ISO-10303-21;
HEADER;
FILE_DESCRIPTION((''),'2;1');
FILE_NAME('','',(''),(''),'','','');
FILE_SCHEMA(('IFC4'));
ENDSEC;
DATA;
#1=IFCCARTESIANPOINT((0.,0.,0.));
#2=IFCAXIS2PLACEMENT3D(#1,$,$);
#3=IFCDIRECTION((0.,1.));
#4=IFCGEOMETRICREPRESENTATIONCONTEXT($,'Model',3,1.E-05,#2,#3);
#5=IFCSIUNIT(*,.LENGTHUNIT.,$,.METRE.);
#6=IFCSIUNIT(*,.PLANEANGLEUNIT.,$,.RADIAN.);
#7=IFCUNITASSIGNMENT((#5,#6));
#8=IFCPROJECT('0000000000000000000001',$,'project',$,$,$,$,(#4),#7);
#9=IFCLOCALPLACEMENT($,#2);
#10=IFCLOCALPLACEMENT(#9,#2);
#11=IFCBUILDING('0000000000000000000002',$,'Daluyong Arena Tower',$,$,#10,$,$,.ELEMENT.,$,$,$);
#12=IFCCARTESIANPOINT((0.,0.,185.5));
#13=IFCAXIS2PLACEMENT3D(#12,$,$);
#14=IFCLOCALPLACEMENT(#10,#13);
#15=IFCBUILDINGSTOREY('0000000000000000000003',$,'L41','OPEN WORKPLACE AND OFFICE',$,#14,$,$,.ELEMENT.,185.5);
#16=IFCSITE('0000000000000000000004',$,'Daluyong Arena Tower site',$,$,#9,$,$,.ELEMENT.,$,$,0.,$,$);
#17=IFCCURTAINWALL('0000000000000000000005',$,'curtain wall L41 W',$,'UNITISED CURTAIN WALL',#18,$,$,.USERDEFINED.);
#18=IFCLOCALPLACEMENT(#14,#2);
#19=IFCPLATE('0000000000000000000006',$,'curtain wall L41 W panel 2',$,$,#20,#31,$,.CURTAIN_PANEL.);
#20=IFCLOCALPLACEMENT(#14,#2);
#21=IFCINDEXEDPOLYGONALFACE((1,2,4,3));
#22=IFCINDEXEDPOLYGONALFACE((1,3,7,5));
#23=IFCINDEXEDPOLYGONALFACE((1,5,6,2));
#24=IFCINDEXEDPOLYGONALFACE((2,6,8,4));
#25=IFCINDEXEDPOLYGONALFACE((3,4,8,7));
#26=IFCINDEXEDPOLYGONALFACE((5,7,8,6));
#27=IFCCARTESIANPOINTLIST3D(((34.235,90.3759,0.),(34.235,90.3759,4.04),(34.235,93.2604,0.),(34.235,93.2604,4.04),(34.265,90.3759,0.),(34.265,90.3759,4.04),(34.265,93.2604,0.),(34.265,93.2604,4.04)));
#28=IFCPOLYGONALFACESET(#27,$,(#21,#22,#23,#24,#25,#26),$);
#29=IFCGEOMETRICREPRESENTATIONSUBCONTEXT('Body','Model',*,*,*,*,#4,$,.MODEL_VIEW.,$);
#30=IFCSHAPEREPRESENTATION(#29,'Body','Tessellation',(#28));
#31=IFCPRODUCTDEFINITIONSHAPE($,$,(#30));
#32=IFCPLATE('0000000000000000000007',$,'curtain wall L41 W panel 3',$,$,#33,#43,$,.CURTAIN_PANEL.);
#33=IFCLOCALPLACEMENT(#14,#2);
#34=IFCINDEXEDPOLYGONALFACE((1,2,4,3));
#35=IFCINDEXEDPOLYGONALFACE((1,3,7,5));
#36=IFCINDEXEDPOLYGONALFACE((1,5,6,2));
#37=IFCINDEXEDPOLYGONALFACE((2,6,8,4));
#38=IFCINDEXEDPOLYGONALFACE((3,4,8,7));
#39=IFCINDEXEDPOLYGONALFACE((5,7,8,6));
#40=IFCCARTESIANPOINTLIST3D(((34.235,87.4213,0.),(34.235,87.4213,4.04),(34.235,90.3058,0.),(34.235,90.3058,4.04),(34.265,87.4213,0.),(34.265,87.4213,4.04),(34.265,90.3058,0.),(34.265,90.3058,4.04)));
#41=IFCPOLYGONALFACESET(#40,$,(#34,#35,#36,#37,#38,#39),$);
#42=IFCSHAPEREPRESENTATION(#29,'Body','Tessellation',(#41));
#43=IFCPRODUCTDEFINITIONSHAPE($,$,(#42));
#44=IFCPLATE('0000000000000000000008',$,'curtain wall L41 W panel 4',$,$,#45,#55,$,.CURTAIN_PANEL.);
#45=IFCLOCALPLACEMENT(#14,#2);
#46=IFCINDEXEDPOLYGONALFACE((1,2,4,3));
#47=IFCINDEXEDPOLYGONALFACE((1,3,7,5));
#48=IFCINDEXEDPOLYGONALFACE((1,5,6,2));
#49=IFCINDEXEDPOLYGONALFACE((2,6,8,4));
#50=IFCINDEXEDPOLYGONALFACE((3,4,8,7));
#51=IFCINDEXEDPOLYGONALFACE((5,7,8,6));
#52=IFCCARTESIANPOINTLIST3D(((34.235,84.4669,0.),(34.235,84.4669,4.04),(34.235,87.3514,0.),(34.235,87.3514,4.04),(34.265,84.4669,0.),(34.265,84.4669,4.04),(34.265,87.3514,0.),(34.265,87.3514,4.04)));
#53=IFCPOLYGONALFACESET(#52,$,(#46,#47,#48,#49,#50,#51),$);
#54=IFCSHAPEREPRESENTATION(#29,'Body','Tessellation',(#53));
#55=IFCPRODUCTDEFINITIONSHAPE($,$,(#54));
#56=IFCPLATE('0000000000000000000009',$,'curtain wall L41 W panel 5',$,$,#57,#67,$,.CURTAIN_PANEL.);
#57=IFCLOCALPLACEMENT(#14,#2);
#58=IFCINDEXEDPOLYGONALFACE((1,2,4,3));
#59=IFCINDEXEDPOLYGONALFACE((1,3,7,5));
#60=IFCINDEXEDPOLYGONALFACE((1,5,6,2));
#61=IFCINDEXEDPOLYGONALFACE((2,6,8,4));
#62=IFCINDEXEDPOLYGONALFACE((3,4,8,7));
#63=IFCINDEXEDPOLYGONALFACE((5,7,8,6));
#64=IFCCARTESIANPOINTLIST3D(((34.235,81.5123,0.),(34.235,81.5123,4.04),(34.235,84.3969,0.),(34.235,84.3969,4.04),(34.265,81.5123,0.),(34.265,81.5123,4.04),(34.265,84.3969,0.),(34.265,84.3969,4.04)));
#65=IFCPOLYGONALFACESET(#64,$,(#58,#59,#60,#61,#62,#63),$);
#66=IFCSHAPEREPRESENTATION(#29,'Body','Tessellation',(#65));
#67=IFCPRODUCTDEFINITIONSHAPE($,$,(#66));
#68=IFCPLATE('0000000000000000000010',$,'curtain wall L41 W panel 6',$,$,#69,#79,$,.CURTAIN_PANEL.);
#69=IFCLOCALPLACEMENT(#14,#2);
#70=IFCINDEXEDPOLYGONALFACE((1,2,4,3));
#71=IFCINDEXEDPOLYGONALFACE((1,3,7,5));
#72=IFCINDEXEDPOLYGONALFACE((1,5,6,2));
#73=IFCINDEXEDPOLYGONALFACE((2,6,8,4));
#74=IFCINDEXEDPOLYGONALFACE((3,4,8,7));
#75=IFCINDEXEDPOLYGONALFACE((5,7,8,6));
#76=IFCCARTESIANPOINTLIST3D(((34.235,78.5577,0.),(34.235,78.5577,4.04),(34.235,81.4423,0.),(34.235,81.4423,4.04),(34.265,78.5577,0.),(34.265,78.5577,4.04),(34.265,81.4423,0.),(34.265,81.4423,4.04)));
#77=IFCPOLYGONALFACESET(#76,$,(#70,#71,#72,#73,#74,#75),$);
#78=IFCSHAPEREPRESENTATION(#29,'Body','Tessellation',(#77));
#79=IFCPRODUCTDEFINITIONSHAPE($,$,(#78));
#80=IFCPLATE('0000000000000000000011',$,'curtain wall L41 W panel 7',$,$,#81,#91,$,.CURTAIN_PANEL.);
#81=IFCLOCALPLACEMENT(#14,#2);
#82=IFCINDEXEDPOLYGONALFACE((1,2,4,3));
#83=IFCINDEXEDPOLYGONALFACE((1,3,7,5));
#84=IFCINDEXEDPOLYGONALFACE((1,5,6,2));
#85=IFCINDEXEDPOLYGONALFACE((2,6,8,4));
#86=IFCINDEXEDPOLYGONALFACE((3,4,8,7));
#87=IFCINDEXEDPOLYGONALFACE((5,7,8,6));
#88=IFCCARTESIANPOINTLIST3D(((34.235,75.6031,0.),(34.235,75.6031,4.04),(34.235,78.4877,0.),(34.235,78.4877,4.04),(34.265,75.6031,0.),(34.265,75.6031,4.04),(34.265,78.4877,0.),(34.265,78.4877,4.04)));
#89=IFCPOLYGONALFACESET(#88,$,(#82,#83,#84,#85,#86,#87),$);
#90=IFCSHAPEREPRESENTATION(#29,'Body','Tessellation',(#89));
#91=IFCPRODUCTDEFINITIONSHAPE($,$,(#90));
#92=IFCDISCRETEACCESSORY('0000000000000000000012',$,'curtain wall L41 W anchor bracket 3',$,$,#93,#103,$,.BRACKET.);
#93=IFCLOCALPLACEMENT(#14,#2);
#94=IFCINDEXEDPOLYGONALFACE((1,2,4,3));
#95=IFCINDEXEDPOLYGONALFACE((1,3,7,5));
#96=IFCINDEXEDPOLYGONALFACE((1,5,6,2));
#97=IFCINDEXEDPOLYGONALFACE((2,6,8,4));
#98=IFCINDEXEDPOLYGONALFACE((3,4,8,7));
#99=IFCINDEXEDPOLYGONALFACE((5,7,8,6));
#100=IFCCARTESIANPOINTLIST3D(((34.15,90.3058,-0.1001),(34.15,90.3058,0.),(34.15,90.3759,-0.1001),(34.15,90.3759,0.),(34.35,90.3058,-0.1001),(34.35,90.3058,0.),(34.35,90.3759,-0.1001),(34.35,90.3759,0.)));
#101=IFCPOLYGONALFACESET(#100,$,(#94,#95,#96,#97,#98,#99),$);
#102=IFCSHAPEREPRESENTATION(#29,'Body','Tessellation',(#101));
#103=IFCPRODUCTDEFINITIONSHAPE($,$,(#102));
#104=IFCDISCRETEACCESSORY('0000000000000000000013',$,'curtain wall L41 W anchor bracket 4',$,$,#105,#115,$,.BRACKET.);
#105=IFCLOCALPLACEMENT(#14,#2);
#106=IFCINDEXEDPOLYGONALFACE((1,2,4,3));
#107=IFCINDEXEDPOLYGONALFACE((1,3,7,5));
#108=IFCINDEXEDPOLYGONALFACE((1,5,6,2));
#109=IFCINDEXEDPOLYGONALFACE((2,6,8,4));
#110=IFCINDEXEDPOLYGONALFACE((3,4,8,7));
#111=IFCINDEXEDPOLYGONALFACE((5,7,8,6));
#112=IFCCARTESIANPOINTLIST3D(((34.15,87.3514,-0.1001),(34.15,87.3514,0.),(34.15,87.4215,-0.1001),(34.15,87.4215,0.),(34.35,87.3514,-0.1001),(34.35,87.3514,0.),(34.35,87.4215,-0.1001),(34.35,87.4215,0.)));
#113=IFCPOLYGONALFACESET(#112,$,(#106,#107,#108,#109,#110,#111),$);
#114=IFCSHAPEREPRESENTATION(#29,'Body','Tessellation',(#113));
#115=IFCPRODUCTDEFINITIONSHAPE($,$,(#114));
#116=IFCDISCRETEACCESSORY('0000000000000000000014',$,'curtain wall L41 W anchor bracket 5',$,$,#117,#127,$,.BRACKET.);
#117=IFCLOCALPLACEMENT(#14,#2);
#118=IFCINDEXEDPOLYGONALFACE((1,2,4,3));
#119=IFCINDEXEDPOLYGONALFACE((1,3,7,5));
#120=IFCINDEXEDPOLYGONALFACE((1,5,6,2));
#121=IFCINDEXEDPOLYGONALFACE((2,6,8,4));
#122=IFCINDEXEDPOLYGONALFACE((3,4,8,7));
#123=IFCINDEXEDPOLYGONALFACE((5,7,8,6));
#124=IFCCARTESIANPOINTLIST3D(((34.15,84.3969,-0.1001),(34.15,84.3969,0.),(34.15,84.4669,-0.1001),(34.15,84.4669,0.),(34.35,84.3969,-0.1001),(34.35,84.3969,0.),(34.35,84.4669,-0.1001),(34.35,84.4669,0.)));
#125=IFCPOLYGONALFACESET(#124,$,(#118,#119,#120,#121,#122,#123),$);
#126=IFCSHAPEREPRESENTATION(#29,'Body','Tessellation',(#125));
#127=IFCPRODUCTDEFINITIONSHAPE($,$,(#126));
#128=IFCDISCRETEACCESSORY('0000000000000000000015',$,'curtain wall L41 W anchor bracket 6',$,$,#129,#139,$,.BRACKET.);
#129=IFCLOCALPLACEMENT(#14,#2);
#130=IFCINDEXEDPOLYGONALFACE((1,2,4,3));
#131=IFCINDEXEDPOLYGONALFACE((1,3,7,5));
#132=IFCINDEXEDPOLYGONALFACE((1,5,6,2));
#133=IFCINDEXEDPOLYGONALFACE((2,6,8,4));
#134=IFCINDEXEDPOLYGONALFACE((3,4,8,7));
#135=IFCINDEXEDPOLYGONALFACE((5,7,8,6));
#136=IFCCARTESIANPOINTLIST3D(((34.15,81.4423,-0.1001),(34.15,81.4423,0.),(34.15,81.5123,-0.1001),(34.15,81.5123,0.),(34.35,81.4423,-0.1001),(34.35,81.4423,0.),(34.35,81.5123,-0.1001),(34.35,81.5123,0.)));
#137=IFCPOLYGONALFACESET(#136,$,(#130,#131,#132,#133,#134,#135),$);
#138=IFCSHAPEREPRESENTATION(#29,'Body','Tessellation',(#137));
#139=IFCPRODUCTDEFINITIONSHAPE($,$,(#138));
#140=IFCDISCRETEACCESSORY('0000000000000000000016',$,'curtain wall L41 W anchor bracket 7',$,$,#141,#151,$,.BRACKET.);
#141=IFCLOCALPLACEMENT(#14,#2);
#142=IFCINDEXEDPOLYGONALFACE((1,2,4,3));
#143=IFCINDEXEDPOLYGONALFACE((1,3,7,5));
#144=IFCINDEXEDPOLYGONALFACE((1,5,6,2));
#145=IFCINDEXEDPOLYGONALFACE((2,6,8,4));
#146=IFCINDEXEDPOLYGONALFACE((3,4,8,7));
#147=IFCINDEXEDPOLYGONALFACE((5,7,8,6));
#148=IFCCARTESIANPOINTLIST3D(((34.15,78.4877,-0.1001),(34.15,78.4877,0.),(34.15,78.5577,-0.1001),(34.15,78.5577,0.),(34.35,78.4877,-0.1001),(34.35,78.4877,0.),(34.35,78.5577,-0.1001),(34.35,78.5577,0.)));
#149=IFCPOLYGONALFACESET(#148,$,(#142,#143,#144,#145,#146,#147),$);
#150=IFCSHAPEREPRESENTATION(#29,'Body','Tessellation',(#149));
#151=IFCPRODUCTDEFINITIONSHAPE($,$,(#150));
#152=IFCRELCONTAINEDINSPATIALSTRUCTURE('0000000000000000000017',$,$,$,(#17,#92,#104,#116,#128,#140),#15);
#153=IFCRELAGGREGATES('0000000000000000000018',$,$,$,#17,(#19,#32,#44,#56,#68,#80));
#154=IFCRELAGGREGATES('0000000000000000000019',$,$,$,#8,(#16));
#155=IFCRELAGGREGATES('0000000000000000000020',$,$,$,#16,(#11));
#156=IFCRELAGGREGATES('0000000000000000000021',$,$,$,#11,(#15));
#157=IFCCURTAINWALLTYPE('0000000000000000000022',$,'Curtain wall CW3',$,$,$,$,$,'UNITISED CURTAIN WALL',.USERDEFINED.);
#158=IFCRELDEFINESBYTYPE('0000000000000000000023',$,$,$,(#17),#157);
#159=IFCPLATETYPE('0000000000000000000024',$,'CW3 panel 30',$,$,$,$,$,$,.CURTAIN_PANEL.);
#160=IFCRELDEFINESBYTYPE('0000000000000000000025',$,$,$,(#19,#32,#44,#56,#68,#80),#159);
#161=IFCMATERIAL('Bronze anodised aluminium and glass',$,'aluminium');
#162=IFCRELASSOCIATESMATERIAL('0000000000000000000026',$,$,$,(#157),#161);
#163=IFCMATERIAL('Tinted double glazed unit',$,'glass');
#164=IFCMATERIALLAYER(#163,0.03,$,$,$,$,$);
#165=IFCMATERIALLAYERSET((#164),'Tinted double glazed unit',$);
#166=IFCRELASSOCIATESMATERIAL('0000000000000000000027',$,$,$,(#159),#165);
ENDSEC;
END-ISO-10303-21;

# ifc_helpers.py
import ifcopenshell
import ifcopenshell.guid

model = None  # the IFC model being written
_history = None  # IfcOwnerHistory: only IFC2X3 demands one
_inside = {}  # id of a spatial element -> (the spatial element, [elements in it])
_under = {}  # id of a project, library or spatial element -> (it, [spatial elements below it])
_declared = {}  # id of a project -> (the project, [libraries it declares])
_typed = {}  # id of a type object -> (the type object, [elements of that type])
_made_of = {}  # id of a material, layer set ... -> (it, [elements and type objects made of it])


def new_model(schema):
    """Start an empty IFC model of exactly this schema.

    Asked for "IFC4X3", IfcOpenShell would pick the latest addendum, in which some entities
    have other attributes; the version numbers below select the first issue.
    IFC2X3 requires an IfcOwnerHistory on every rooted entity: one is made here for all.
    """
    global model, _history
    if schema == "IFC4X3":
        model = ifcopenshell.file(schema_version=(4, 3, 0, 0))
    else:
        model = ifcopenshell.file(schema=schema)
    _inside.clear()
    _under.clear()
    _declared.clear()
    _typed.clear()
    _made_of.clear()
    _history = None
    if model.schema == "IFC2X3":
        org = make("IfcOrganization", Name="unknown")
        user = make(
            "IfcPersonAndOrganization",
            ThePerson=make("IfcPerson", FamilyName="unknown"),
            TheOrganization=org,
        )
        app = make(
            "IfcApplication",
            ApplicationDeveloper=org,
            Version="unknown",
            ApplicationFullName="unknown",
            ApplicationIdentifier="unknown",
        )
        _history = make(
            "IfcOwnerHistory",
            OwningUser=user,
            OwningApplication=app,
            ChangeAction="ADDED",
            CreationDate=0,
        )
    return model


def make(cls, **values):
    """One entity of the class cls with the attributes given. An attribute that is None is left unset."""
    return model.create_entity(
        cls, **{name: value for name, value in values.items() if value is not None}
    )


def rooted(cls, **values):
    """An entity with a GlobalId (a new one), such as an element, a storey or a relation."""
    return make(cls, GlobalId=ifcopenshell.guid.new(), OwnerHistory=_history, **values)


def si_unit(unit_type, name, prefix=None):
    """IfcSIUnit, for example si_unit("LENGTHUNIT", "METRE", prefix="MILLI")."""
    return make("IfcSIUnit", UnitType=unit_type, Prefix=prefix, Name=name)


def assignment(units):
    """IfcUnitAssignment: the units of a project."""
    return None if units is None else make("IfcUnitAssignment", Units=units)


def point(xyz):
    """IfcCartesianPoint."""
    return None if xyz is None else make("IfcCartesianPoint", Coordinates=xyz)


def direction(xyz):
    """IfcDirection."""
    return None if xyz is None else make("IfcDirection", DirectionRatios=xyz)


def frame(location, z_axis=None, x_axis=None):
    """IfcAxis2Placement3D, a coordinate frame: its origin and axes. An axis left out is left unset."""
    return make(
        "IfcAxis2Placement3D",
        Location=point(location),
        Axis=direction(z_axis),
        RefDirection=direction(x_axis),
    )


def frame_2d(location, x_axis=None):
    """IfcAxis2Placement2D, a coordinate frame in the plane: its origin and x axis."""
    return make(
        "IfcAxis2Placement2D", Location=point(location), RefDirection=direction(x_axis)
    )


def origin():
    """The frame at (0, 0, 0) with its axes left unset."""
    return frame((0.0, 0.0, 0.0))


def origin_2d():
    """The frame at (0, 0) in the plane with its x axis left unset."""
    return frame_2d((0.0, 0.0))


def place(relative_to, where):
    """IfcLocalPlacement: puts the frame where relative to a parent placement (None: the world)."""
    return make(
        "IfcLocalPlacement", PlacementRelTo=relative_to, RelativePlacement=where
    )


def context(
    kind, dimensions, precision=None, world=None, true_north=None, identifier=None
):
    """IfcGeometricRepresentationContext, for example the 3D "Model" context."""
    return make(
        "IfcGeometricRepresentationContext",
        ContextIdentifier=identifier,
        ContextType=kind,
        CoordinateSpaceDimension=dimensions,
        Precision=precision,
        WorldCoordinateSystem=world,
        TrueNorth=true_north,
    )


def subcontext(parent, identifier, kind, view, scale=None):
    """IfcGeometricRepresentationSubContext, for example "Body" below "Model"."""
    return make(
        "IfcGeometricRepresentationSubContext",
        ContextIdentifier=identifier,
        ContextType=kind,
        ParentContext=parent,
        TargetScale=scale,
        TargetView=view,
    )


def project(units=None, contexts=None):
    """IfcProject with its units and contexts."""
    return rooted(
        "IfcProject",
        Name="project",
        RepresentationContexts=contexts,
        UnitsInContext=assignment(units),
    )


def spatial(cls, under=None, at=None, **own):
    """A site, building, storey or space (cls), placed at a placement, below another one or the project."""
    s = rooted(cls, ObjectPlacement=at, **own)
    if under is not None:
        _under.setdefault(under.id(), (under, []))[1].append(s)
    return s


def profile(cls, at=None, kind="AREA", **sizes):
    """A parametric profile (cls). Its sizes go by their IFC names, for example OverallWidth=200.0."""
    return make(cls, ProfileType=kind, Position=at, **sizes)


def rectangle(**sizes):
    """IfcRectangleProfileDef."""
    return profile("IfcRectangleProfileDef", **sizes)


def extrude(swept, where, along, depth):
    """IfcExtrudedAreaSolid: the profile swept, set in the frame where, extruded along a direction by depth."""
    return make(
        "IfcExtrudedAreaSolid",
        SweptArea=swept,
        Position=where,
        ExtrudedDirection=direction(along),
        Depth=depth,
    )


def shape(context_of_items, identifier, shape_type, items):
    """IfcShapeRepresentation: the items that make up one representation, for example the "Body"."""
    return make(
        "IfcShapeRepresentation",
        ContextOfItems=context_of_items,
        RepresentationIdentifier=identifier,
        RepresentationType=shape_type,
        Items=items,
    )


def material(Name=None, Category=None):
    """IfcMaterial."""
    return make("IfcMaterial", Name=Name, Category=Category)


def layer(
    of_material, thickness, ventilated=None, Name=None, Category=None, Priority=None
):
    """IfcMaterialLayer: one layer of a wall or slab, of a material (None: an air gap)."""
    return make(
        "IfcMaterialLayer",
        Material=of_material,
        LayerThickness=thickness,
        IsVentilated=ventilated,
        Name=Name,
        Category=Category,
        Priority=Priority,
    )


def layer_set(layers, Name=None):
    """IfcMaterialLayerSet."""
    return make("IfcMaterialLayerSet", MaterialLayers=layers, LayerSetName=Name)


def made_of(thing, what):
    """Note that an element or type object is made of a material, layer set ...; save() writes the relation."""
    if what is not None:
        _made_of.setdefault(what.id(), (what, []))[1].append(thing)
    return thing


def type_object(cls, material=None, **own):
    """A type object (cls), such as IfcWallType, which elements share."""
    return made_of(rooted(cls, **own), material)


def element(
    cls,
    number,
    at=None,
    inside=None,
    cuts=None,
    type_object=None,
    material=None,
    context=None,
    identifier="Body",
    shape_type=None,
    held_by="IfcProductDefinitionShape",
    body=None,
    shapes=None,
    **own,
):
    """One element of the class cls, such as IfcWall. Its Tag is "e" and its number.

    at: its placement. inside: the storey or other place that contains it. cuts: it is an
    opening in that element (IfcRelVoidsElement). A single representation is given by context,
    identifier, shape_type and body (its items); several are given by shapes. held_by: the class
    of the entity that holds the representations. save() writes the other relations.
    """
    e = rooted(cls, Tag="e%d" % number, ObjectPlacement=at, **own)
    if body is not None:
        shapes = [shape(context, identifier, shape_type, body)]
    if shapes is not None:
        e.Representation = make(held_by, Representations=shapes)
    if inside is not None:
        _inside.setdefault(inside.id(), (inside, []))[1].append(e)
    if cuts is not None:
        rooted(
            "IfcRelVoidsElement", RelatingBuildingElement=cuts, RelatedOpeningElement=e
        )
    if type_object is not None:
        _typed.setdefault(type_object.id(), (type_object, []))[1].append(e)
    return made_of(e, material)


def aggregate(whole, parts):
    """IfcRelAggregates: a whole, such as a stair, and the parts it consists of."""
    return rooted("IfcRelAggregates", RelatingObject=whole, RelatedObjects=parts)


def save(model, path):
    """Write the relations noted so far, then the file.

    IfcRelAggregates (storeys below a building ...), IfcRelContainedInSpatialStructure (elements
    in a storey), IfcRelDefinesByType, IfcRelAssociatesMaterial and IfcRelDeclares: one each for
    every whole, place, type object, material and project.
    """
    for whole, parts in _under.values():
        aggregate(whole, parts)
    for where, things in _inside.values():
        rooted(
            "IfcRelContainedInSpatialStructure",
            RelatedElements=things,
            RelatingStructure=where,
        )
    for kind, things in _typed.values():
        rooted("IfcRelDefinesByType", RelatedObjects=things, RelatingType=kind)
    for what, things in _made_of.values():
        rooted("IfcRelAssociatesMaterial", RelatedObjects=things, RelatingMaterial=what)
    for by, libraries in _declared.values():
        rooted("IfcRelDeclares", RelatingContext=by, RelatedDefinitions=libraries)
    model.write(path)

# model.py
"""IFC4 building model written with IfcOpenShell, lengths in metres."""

from ifc_helpers import new_model, si_unit, direction, frame, origin, origin_2d, place, context, subcontext, project, spatial, rectangle, extrude, material, layer, layer_set, type_object, element, aggregate, save


model = new_model("IFC4")

# Units and contexts
model_context = context("Model", 3, precision=1e-05, world=origin(), true_north=direction((0.0, 1.0)))
body_context = subcontext(model_context, "Body", "Model", "MODEL_VIEW")
ifc_project = project(units=[si_unit("LENGTHUNIT", "METRE"), si_unit("PLANEANGLEUNIT", "RADIAN")], contexts=[model_context])

# Site, building, storey
site_placement = place(None, origin())
site = spatial("IfcSite", under=ifc_project, at=site_placement, Name="Daluyong Arena Tower site", CompositionType="ELEMENT", RefElevation=0.0)
building_placement = place(site_placement, origin())
building = spatial("IfcBuilding", under=site, at=building_placement, Name="Daluyong Arena Tower", CompositionType="ELEMENT")
storey_placement = place(building_placement, frame((0.0, 0.0, 185.5)))
storey = spatial("IfcBuildingStorey", under=building, at=storey_placement, Name="L41", Description="OPEN WORKPLACE AND OFFICE", CompositionType="ELEMENT", Elevation=185.5)

# Curtain wall
ifc_material_1 = material(Name="Bronze anodised aluminium and glass", Category="aluminium")
curtain_wall_type = type_object("IfcCurtainWallType", Name="Curtain wall CW3", ElementType="UNITISED CURTAIN WALL", PredefinedType="USERDEFINED", material=ifc_material_1)
curtain_wall_placement = place(storey_placement, origin())
curtain_wall = element("IfcCurtainWall", 1, at=curtain_wall_placement, inside=storey, type_object=curtain_wall_type, Name="curtain wall L41 W", ObjectType="UNITISED CURTAIN WALL", PredefinedType="USERDEFINED")

# Plates
ifc_material_2 = material(Name="Tinted double glazed unit", Category="glass")
ifc_layer = layer(ifc_material_2, 0.03)
ifc_layer_set = layer_set([ifc_layer], Name="Tinted double glazed unit")
plate_type = type_object("IfcPlateType", Name="CW3 panel 30", PredefinedType="CURTAIN_PANEL", material=ifc_layer_set)
plate_1_placement = place(storey_placement, frame((34.25, 91.8181, 0.0), z_axis=(0.0, 0.0, 1.0), x_axis=(0.0, -1.0, 0.0)))
plate_1 = element("IfcPlate", 2, at=plate_1_placement, type_object=plate_type, Name="curtain wall L41 W panel 2", PredefinedType="CURTAIN_PANEL", context=body_context, shape_type="SweptSolid", body=[
    extrude(rectangle(XDim=2.8845, YDim=0.03, at=origin_2d()), origin(), (0.0, 0.0, 1.0), 4.04),
])
plate_2_placement = place(storey_placement, frame((34.25, 88.8635, 0.0), z_axis=(0.0, 0.0, 1.0), x_axis=(0.0, -1.0, 0.0)))
plate_2 = element("IfcPlate", 3, at=plate_2_placement, type_object=plate_type, Name="curtain wall L41 W panel 3", PredefinedType="CURTAIN_PANEL", context=body_context, shape_type="SweptSolid", body=[
    extrude(rectangle(XDim=2.8845, YDim=0.03, at=origin_2d()), origin(), (0.0, 0.0, 1.0), 4.04),
])
plate_3_placement = place(storey_placement, frame((34.25, 85.9092, 0.0), z_axis=(0.0, 0.0, 1.0), x_axis=(0.0, -1.0, 0.0)))
plate_3 = element("IfcPlate", 4, at=plate_3_placement, type_object=plate_type, Name="curtain wall L41 W panel 4", PredefinedType="CURTAIN_PANEL", context=body_context, shape_type="SweptSolid", body=[
    extrude(rectangle(XDim=2.8845, YDim=0.03, at=origin_2d()), origin(), (0.0, 0.0, 1.0), 4.04),
])
plate_4_placement = place(storey_placement, frame((34.25, 82.9546, 0.0), z_axis=(0.0, 0.0, 1.0), x_axis=(0.0, -1.0, 0.0)))
plate_4 = element("IfcPlate", 5, at=plate_4_placement, type_object=plate_type, Name="curtain wall L41 W panel 5", PredefinedType="CURTAIN_PANEL", context=body_context, shape_type="SweptSolid", body=[
    extrude(rectangle(XDim=2.8845, YDim=0.03, at=origin_2d()), origin(), (0.0, 0.0, 1.0), 4.04),
])
plate_5_placement = place(storey_placement, frame((34.25, 80.0, 0.0), z_axis=(0.0, 0.0, 1.0), x_axis=(0.0, -1.0, 0.0)))
plate_5 = element("IfcPlate", 6, at=plate_5_placement, type_object=plate_type, Name="curtain wall L41 W panel 6", PredefinedType="CURTAIN_PANEL", context=body_context, shape_type="SweptSolid", body=[
    extrude(rectangle(XDim=2.8845, YDim=0.03, at=origin_2d()), origin(), (0.0, 0.0, 1.0), 4.04),
])
plate_6_placement = place(storey_placement, frame((34.25, 77.0454, 0.0), z_axis=(0.0, 0.0, 1.0), x_axis=(0.0, -1.0, 0.0)))
plate_6 = element("IfcPlate", 7, at=plate_6_placement, type_object=plate_type, Name="curtain wall L41 W panel 7", PredefinedType="CURTAIN_PANEL", context=body_context, shape_type="SweptSolid", body=[
    extrude(rectangle(XDim=2.8845, YDim=0.03, at=origin_2d()), origin(), (0.0, 0.0, 1.0), 4.04),
])
aggregate(curtain_wall, [plate_1, plate_2, plate_3, plate_4, plate_5, plate_6])

# Discrete accessories
for number, where, z_axis, x_axis, name in (
    (8, (34.25, 90.3408, -0.1001), (0.0, 0.0, 1.0), (0.0, -1.0, 0.0), "curtain wall L41 W anchor bracket 3"),
    (9, (34.25, 87.3865, -0.1001), (0.0, 0.0, 1.0), (0.0, -1.0, 0.0), "curtain wall L41 W anchor bracket 4"),
    (10, (34.25, 84.4319, -0.1001), (0.0, 0.0, 1.0), (0.0, -1.0, 0.0), "curtain wall L41 W anchor bracket 5"),
    (11, (34.25, 81.4773, -0.1001), (0.0, 0.0, 1.0), (0.0, -1.0, 0.0), "curtain wall L41 W anchor bracket 6"),
    (12, (34.25, 78.5227, -0.1001), (0.0, 0.0, 1.0), (0.0, -1.0, 0.0), "curtain wall L41 W anchor bracket 7"),
):
    element("IfcDiscreteAccessory", number, at=place(storey_placement, frame(where, z_axis=z_axis, x_axis=x_axis)), inside=storey, Name=name, PredefinedType="BRACKET", context=body_context, shape_type="SweptSolid", body=[
        extrude(rectangle(XDim=0.0701, YDim=0.2, at=origin_2d()), origin(), (0.0, 0.0, 1.0), 0.1001),
    ])

save(model, "model.ifc")
